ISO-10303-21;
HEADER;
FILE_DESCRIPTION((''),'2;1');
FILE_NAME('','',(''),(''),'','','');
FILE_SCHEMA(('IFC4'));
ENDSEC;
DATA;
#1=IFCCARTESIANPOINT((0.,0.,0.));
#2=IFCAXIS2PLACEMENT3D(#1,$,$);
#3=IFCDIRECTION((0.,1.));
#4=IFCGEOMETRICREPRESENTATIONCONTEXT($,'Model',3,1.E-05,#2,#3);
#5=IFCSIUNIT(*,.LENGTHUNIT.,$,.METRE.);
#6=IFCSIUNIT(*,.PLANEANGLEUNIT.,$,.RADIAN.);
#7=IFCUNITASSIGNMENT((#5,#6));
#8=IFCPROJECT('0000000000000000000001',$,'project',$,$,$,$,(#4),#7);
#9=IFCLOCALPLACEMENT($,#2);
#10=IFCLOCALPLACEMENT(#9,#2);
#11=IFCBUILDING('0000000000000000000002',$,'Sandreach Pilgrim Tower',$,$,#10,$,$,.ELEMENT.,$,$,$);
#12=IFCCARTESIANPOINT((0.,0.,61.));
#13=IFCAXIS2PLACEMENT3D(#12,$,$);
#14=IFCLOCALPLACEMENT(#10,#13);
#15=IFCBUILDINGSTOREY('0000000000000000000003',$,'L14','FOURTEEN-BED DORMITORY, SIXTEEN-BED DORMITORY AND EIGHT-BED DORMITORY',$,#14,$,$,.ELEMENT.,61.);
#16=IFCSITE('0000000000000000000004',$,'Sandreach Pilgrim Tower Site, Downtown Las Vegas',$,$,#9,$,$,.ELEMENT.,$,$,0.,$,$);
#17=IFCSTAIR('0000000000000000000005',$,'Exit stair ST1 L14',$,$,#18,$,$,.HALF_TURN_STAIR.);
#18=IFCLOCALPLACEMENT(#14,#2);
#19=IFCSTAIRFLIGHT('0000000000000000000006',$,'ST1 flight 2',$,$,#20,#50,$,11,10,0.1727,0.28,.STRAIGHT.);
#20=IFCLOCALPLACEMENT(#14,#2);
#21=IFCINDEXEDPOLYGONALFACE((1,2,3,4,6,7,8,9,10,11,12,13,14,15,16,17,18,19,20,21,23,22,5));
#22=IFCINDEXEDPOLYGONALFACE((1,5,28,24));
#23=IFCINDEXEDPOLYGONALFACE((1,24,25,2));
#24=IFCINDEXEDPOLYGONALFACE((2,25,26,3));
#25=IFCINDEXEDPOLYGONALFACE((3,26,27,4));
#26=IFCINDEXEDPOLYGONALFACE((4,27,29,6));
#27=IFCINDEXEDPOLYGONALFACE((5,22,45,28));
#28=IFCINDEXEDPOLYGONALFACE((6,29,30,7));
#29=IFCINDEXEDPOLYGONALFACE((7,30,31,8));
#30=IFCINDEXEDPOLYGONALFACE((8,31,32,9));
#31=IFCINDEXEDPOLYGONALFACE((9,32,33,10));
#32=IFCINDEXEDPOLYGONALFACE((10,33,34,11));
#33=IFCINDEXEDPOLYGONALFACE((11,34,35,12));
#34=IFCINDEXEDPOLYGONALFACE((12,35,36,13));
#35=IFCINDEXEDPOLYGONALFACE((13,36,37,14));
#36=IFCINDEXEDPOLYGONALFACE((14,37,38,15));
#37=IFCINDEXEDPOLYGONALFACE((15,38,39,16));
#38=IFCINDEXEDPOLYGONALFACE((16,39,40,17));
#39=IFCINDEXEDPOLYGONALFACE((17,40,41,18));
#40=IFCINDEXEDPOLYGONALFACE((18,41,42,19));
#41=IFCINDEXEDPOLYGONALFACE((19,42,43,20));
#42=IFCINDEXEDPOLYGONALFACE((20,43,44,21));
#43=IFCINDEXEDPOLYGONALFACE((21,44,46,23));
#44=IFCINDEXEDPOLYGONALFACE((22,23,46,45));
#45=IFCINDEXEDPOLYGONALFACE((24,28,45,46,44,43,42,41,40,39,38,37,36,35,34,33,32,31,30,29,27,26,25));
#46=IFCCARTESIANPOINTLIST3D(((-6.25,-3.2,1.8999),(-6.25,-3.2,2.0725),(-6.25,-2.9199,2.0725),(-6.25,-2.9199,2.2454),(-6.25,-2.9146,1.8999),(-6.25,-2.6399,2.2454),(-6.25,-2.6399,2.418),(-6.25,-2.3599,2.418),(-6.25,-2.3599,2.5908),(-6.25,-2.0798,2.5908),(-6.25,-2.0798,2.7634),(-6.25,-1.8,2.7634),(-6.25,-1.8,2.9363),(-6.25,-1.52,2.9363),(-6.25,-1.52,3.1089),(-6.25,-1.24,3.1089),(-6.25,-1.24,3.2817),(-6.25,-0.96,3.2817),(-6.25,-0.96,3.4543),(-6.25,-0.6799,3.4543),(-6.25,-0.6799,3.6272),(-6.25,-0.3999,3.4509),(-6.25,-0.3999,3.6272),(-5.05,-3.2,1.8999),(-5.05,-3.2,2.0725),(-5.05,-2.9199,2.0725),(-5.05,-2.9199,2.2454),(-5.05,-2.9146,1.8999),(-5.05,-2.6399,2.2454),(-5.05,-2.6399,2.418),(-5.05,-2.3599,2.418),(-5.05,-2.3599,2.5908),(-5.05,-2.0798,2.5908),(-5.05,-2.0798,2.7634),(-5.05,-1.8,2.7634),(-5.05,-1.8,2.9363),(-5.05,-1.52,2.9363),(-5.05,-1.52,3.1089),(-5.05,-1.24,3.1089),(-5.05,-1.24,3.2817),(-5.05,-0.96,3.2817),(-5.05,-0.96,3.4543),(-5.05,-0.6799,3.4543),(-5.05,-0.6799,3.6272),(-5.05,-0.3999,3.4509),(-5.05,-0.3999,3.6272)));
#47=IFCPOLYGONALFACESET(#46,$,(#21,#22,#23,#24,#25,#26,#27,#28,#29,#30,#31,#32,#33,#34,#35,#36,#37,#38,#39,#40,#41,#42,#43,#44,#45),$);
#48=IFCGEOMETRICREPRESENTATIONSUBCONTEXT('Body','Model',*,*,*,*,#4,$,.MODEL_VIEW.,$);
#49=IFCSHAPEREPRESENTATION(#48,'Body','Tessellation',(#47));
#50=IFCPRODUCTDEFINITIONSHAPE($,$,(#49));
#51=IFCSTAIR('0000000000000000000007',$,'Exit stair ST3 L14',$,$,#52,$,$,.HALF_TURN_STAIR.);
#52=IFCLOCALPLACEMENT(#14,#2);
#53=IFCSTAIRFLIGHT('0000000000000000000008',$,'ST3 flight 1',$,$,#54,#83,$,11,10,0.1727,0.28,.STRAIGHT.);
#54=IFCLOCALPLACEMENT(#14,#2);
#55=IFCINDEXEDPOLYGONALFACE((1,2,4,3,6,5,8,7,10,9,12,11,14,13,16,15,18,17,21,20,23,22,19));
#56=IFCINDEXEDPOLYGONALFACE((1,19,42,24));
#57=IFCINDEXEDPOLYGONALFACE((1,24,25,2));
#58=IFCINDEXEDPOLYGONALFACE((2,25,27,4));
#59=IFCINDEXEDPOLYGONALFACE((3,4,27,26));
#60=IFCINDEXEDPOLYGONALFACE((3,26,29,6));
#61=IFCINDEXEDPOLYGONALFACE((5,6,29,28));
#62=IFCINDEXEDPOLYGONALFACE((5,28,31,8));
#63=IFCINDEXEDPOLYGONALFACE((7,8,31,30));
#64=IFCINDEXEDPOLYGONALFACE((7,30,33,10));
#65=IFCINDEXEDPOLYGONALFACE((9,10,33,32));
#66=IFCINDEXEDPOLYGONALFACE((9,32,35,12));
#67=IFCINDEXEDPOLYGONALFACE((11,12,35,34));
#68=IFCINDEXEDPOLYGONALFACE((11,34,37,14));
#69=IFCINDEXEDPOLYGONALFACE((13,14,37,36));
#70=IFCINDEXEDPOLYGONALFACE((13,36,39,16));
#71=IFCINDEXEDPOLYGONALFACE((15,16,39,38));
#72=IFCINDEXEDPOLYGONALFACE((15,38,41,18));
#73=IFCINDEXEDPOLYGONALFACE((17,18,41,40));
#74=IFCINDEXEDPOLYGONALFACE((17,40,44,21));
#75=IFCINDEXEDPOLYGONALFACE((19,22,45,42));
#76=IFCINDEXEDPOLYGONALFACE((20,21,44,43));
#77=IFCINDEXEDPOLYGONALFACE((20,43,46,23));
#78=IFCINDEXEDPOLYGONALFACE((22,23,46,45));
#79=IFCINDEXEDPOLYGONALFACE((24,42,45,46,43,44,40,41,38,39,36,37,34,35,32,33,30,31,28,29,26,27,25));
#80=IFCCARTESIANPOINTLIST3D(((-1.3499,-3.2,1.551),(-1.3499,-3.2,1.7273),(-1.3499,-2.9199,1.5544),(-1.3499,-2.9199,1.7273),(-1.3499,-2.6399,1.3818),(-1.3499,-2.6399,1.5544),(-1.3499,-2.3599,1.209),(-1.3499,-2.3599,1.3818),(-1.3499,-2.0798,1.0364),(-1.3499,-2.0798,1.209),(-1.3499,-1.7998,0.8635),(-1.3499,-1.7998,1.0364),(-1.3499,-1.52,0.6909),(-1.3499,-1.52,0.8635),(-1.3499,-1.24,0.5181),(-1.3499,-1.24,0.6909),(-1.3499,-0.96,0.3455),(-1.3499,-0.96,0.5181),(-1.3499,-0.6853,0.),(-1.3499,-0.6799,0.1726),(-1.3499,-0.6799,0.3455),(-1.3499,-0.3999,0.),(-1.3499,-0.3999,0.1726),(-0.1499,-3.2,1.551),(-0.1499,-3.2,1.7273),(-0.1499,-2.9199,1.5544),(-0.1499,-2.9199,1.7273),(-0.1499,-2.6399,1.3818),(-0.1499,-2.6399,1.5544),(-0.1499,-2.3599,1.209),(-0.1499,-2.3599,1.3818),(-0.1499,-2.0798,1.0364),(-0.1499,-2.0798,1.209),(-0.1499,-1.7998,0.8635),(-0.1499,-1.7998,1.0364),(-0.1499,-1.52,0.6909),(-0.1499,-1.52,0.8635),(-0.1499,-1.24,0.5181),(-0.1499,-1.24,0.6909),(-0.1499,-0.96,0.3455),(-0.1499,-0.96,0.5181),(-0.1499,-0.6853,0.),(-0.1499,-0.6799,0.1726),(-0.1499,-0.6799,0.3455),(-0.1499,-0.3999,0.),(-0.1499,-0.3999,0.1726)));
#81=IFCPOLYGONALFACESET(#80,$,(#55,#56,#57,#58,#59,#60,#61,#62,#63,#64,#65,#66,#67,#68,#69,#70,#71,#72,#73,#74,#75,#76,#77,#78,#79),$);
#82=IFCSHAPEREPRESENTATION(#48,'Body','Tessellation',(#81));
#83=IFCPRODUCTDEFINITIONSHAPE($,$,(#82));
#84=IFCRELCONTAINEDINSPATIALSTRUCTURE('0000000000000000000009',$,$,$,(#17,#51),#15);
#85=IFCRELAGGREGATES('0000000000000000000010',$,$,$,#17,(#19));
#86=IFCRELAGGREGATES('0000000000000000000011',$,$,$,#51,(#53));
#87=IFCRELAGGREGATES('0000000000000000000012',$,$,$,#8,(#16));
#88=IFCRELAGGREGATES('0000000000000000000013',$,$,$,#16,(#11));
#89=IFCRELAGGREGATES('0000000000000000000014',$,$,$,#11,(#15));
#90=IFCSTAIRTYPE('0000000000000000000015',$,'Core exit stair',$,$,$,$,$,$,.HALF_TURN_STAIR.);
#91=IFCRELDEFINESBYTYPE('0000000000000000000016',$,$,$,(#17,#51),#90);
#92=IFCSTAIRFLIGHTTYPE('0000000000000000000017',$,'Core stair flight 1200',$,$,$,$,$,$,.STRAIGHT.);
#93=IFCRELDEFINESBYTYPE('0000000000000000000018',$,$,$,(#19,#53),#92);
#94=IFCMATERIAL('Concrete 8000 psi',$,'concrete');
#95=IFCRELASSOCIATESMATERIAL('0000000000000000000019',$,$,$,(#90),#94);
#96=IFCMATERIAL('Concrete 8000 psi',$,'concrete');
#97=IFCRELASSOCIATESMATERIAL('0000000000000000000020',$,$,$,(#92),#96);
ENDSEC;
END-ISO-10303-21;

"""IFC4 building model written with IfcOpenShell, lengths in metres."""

from ifc_helpers import new_model, si_unit, direction, frame, origin, place, context, subcontext, project, spatial, polyline, outline, extrude, material, type_object, element, aggregate, save


model = new_model("IFC4")

# Units and contexts
model_context = context("Model", 3, precision=1e-05, world=origin(), true_north=direction((0.0, 1.0)))
body_context = subcontext(model_context, "Body", "Model", "MODEL_VIEW")
ifc_project = project(units=[si_unit("LENGTHUNIT", "METRE"), si_unit("PLANEANGLEUNIT", "RADIAN")], contexts=[model_context])

# Site, building, storey
site_placement = place(None, origin())
site = spatial("IfcSite", under=ifc_project, at=site_placement, Name="Sandreach Pilgrim Tower Site, Downtown Las Vegas", CompositionType="ELEMENT", RefElevation=0.0)
building_placement = place(site_placement, origin())
building = spatial("IfcBuilding", under=site, at=building_placement, Name="Sandreach Pilgrim Tower", CompositionType="ELEMENT")
storey_placement = place(building_placement, frame((0.0, 0.0, 61.0)))
storey = spatial("IfcBuildingStorey", under=building, at=storey_placement, Name="L14", Description="FOURTEEN-BED DORMITORY, SIXTEEN-BED DORMITORY AND EIGHT-BED DORMITORY", CompositionType="ELEMENT", Elevation=61.0)

# Stair, stair flight
ifc_material_1 = material(Name="Concrete 8000 psi", Category="concrete")
stair_type = type_object("IfcStairType", Name="Core exit stair", PredefinedType="HALF_TURN_STAIR", material=ifc_material_1)
stair_1_placement = place(storey_placement, origin())
stair_1 = element("IfcStair", 1, at=stair_1_placement, inside=storey, type_object=stair_type, Name="Exit stair ST1 L14", PredefinedType="HALF_TURN_STAIR")
ifc_material_2 = material(Name="Concrete 8000 psi", Category="concrete")
stair_flight_type = type_object("IfcStairFlightType", Name="Core stair flight 1200", PredefinedType="STRAIGHT", material=ifc_material_2)
stair_flight_1_placement = place(storey_placement, frame((-5.6499, -3.2, 1.8999), z_axis=(0.0, 0.0, 1.0), x_axis=(0.0, 1.0, 0.0)))
stair_flight_1 = element("IfcStairFlight", 2, at=stair_flight_1_placement, type_object=stair_flight_type, Name="ST1 flight 2", NumberOfRisers=11, NumberOfTreads=10, PredefinedType="STRAIGHT", RiserHeight=0.1727, TreadLength=0.28, context=body_context, shape_type="SweptSolid", body=[
    extrude(outline(polyline([(0.0, 0.0), (0.0, 0.1726), (0.28, 0.1726), (0.28, 0.3455), (0.5601, 0.3455), (0.5601, 0.5181), (0.8401, 0.5181), (0.8401, 0.6909), (1.1201, 0.6909), (1.1201, 0.8635), (1.3999, 0.8635), (1.3999, 1.0364), (1.6799, 1.0364), (1.6799, 1.209), (1.96, 1.209), (1.96, 1.3818), (2.24, 1.3818), (2.24, 1.5544), (2.52, 1.5544), (2.52, 1.7273), (2.8, 1.7273), (2.8, 1.8999), (2.8, 1.551), (0.2854, 0.0), (0.0, 0.0)])), frame((0.0, 0.6001, 0.0), z_axis=(0.0, -1.0, 0.0), x_axis=(1.0, 0.0, 0.0)), (0.0, 0.0, 1.0), 1.2),
])
aggregate(stair_1, [stair_flight_1])

# Stair, stair flight
stair_2_placement = place(storey_placement, origin())
stair_2 = element("IfcStair", 3, at=stair_2_placement, inside=storey, type_object=stair_type, Name="Exit stair ST3 L14", PredefinedType="HALF_TURN_STAIR")
stair_flight_2_placement = place(storey_placement, frame((-0.75, -0.3999, 0.0), z_axis=(0.0, 0.0, 1.0), x_axis=(0.0, -1.0, 0.0)))
stair_flight_2 = element("IfcStairFlight", 4, at=stair_flight_2_placement, type_object=stair_flight_type, Name="ST3 flight 1", NumberOfRisers=11, NumberOfTreads=10, PredefinedType="STRAIGHT", RiserHeight=0.1727, TreadLength=0.28, context=body_context, shape_type="SweptSolid", body=[
    extrude(outline(polyline([(0.0, 0.0), (0.0, 0.1726), (0.28, 0.1726), (0.28, 0.3455), (0.5601, 0.3455), (0.5601, 0.5181), (0.8401, 0.5181), (0.8401, 0.6909), (1.1201, 0.6909), (1.1201, 0.8635), (1.3999, 0.8635), (1.3999, 1.0364), (1.6799, 1.0364), (1.6799, 1.209), (1.96, 1.209), (1.96, 1.3818), (2.24, 1.3818), (2.24, 1.5544), (2.52, 1.5544), (2.52, 1.7273), (2.8, 1.7273), (2.8, 1.8999), (2.8, 1.551), (0.2854, 0.0), (0.0, 0.0)])), frame((0.0, 0.6001, 0.0), z_axis=(0.0, -1.0, 0.0), x_axis=(1.0, 0.0, 0.0)), (0.0, 0.0, 1.0), 1.2),
])
aggregate(stair_2, [stair_flight_2])

save(model, "model.ifc")
